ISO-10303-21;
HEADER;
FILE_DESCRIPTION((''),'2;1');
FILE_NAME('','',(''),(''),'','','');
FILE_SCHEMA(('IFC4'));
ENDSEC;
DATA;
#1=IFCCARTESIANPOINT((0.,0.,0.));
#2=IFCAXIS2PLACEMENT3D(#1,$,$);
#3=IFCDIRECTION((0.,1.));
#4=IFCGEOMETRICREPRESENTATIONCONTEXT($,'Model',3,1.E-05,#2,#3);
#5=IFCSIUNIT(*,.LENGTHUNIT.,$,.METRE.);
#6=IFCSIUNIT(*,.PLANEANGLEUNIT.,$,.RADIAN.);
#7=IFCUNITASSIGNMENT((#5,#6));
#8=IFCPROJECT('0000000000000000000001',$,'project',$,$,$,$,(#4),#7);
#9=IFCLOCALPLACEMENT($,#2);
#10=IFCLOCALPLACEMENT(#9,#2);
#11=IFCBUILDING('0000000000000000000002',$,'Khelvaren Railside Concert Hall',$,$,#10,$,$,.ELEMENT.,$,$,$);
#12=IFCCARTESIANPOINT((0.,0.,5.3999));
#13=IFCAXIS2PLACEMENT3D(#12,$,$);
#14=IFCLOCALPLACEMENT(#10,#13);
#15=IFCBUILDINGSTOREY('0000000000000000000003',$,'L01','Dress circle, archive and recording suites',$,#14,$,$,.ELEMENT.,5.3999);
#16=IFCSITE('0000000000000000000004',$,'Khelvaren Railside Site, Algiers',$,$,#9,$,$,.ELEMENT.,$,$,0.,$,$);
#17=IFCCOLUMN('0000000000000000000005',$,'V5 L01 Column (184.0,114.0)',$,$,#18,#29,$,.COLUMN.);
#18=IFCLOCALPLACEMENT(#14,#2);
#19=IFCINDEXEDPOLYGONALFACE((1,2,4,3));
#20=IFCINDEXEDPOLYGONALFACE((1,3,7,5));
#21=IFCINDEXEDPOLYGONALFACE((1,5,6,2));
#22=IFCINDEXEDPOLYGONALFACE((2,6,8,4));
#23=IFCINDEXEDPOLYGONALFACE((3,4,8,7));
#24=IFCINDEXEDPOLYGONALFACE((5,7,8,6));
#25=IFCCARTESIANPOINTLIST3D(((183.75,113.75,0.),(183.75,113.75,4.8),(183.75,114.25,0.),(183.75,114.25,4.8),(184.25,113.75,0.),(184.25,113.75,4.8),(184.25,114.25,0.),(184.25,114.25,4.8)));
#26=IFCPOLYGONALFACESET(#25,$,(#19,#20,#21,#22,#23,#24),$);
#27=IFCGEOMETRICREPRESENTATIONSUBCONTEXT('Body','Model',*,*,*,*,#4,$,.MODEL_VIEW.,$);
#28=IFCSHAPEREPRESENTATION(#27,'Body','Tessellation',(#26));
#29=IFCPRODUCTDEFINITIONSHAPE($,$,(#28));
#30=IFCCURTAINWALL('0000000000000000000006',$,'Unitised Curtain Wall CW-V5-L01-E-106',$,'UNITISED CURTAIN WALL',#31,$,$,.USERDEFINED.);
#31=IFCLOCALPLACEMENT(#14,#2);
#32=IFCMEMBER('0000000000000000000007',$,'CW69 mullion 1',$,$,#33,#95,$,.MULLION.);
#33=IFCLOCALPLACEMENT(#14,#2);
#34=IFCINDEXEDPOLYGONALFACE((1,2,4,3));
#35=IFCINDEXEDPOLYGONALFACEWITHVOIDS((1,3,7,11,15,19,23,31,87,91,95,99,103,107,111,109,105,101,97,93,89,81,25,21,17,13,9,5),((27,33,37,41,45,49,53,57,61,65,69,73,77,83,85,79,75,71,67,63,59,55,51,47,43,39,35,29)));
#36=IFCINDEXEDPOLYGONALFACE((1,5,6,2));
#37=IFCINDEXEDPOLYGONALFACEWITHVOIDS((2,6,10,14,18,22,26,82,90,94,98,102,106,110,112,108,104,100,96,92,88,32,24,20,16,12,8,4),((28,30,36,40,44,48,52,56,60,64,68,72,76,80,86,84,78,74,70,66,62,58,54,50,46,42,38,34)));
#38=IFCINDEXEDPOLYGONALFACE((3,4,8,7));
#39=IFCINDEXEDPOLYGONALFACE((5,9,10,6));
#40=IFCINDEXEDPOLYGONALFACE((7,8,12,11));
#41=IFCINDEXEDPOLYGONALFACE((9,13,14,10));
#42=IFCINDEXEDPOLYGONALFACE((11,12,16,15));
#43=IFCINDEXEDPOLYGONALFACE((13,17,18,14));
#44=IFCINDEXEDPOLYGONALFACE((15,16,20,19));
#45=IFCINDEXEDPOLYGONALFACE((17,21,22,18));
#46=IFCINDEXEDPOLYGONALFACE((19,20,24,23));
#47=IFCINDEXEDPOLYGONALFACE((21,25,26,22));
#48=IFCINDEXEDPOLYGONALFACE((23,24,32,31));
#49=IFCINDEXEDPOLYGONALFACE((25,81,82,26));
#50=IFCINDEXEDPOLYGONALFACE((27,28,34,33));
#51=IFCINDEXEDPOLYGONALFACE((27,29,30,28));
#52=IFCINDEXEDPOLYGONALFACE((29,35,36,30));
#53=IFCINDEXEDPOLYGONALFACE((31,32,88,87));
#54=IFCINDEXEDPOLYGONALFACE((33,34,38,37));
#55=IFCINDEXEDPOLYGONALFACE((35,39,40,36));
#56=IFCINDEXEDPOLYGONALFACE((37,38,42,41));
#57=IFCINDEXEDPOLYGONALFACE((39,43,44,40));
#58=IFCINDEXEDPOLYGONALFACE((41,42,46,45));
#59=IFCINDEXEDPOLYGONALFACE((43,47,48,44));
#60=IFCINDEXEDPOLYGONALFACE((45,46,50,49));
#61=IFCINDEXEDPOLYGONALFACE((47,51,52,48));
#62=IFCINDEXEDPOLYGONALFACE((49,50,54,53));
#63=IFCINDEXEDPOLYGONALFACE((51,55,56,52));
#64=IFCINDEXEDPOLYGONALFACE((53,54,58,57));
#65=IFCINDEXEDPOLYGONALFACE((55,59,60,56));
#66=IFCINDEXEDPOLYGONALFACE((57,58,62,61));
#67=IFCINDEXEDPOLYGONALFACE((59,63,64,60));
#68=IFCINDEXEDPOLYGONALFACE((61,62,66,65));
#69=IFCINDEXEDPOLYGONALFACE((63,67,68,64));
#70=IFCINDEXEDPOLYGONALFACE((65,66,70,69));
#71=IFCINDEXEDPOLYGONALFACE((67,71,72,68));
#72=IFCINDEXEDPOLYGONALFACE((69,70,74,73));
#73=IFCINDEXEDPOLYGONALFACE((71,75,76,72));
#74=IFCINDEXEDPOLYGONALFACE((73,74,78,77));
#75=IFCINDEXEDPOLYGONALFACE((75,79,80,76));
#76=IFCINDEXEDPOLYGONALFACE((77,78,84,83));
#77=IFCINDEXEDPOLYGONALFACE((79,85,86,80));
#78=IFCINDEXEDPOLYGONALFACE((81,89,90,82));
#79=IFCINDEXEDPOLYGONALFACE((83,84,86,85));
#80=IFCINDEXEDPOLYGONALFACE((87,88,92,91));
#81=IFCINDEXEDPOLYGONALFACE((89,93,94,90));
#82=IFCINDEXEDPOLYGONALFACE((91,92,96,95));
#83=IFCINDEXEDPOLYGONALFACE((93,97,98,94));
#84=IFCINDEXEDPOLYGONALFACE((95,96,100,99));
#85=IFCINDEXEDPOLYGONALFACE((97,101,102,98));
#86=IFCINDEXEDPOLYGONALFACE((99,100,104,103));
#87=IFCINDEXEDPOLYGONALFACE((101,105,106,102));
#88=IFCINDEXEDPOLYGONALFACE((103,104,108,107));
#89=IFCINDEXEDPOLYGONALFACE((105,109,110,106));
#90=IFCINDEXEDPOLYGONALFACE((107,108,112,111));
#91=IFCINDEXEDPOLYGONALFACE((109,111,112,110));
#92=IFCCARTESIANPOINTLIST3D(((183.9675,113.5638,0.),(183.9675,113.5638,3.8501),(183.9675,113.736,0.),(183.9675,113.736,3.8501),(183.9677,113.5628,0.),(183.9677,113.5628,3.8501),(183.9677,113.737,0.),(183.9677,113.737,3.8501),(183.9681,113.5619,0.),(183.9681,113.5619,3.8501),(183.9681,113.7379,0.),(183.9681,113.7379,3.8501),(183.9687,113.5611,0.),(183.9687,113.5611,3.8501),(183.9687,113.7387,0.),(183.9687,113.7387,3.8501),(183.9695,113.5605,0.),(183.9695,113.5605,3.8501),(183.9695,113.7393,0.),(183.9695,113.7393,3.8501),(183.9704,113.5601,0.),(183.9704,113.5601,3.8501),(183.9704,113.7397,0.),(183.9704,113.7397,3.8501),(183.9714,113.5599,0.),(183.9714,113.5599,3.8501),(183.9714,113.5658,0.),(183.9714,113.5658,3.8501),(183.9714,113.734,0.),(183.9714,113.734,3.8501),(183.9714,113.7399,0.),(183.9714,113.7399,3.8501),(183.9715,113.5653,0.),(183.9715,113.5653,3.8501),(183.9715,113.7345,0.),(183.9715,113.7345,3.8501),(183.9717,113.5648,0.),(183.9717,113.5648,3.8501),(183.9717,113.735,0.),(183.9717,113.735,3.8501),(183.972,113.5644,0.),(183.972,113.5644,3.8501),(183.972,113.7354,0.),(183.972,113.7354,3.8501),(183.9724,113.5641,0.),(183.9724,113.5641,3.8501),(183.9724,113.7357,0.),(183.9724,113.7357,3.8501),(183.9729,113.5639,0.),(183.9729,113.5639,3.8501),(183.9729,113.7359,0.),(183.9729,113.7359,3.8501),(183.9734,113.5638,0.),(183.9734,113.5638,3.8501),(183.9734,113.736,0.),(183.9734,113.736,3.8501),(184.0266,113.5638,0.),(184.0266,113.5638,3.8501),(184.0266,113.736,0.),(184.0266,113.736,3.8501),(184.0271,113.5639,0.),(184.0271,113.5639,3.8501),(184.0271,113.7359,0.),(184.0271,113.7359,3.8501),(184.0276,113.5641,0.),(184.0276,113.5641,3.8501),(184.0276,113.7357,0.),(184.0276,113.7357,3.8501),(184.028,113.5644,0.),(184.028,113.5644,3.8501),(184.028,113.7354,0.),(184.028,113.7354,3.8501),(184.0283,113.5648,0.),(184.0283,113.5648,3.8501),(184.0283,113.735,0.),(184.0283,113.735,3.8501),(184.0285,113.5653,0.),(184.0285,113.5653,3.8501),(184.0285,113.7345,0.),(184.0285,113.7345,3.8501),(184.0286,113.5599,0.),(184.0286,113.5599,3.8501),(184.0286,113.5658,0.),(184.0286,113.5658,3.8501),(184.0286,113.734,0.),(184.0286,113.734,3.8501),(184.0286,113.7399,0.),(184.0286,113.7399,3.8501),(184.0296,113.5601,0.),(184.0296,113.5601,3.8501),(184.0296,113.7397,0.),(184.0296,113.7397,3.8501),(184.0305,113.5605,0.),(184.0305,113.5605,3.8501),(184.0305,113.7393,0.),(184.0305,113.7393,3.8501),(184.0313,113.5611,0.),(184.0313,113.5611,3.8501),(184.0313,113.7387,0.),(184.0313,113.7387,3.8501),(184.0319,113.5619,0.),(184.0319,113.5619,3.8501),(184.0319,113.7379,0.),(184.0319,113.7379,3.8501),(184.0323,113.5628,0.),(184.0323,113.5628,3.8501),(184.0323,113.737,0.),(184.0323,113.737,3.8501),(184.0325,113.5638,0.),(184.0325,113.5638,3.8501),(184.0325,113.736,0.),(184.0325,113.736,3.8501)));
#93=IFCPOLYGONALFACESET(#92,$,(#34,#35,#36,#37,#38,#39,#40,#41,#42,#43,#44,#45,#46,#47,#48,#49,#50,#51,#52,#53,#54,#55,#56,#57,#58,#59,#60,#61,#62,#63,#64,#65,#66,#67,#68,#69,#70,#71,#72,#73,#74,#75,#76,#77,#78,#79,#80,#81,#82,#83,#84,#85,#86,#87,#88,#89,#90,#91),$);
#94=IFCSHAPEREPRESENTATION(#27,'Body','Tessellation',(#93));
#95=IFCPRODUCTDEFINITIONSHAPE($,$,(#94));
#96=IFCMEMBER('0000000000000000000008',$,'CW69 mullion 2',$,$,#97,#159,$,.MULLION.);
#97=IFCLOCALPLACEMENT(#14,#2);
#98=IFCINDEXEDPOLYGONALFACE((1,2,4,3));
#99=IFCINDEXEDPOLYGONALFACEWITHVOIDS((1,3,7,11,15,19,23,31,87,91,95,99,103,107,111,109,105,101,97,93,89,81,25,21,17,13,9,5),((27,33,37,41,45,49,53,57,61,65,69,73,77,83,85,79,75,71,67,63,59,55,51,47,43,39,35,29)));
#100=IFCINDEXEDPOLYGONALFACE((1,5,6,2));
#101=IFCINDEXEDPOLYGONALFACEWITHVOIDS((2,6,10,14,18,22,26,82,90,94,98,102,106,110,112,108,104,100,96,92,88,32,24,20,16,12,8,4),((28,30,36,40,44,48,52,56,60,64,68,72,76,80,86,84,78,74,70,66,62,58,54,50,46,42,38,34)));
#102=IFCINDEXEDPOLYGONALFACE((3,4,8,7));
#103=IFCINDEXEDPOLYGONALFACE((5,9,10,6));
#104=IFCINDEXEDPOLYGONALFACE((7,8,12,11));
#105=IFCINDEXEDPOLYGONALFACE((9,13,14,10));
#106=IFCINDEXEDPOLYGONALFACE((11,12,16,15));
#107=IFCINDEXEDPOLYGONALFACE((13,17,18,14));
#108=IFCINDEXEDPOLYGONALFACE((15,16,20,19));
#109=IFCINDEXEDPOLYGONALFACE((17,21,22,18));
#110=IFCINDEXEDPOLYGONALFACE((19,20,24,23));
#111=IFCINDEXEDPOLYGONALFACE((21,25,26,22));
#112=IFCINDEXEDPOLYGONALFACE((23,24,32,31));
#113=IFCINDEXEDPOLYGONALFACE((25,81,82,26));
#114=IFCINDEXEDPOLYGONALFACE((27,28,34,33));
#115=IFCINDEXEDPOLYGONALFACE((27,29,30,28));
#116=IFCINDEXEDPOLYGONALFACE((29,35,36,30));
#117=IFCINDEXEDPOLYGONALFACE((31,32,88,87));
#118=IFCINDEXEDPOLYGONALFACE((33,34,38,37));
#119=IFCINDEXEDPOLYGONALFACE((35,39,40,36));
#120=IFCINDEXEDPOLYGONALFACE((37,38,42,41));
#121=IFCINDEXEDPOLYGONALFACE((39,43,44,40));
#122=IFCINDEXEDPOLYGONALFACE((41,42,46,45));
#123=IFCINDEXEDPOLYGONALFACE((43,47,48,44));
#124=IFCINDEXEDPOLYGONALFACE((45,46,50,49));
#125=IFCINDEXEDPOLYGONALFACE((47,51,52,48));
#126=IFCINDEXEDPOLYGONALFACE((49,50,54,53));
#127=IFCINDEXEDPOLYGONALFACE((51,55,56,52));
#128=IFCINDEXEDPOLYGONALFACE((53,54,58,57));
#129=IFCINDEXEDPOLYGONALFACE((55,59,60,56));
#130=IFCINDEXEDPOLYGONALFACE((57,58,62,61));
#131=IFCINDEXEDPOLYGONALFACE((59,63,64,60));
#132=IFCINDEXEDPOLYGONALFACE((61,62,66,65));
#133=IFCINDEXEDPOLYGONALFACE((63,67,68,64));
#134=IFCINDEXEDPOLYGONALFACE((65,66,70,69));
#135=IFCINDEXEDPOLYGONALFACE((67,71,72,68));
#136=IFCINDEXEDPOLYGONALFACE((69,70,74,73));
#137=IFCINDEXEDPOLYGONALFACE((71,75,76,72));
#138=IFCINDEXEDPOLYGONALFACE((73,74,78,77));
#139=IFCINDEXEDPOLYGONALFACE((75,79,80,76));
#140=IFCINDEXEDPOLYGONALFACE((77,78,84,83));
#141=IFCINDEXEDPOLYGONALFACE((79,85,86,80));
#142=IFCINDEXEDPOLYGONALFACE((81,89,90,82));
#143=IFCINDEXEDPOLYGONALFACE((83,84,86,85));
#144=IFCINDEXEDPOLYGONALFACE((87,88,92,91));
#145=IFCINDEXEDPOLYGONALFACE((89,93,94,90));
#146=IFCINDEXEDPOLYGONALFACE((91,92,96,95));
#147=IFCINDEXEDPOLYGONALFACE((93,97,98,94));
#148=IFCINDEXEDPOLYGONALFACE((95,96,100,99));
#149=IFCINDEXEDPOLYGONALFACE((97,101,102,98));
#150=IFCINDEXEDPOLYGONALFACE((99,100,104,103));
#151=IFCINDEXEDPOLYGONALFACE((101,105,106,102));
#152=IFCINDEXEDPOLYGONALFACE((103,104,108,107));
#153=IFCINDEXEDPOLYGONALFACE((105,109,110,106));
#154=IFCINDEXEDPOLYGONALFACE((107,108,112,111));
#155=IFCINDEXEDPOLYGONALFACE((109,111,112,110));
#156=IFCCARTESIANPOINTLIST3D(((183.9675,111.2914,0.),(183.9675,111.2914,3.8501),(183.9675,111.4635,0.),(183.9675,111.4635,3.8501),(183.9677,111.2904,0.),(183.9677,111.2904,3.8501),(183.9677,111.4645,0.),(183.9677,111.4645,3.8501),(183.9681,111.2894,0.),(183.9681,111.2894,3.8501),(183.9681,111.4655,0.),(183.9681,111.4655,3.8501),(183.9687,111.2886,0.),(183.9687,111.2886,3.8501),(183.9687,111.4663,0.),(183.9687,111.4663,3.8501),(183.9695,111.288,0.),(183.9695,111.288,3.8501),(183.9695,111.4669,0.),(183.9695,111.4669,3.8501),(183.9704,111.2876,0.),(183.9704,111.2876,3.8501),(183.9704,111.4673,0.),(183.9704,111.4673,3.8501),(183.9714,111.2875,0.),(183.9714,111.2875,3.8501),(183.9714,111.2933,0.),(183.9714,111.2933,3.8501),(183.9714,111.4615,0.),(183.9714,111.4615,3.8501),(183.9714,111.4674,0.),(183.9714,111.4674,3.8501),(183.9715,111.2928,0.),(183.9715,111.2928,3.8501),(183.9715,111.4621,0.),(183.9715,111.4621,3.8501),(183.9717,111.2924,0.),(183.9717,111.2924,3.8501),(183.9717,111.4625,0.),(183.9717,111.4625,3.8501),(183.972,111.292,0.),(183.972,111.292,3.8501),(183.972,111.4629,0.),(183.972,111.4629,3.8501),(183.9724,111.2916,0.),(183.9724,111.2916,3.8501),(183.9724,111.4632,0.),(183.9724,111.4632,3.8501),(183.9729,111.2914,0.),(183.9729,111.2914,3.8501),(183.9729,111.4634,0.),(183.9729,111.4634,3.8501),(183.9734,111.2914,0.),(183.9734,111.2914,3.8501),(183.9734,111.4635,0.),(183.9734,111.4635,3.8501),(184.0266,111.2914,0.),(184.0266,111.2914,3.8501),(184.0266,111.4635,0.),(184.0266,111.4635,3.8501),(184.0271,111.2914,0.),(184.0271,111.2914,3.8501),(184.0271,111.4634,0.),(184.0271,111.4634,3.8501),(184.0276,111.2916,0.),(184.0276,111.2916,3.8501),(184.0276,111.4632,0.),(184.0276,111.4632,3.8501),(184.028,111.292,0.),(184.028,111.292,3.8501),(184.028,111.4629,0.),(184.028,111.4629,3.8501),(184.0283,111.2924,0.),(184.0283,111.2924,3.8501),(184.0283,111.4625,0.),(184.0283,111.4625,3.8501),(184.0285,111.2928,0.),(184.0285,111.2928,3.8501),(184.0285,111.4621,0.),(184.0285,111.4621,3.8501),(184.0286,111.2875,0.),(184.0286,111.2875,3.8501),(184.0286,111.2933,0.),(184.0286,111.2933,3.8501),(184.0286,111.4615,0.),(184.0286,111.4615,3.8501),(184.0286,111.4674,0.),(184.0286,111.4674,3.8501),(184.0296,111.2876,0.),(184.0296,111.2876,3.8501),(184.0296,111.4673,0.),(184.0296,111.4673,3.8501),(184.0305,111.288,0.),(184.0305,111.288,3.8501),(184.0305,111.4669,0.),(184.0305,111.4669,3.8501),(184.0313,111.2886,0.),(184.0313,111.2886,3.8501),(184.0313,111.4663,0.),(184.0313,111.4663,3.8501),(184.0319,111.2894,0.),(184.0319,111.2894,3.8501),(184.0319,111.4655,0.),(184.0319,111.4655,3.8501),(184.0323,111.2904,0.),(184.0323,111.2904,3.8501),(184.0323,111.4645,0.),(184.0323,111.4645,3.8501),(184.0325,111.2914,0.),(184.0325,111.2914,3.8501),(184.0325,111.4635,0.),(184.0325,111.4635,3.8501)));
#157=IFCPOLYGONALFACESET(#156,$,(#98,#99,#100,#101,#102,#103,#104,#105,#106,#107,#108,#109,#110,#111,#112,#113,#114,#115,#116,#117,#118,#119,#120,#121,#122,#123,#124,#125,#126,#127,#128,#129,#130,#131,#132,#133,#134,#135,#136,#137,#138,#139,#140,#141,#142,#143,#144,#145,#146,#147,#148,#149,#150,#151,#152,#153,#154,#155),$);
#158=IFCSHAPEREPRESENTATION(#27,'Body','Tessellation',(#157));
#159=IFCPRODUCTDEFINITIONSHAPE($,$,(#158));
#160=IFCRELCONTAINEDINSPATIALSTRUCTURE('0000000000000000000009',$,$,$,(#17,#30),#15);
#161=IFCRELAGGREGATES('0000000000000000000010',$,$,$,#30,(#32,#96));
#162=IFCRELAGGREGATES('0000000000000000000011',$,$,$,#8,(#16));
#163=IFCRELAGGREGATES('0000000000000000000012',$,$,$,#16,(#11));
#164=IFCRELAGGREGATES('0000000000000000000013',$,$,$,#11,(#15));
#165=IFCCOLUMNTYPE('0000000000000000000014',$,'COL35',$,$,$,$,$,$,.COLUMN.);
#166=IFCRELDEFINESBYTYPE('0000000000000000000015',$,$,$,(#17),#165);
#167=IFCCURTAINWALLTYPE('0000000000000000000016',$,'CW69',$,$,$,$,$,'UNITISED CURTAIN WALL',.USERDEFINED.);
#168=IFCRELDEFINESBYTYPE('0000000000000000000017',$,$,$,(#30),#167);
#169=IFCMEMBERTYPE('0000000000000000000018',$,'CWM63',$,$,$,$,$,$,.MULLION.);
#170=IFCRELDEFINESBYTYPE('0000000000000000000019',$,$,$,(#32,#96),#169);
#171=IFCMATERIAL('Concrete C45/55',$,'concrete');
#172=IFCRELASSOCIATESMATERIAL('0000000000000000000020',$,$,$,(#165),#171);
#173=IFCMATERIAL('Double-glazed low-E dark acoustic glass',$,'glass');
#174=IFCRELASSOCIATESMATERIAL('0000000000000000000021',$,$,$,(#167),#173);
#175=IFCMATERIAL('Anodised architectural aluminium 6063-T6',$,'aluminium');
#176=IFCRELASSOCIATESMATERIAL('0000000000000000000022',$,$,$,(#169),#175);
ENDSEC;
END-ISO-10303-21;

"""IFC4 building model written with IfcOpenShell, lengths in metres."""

from ifc_helpers import new_model, si_unit, direction, frame, origin, origin_2d, place, context, subcontext, project, spatial, rectangle, hollow_rectangle, extrude, material, material_profile, profile_set, type_object, element, aggregate, save


model = new_model("IFC4")

# Units and contexts
model_context = context("Model", 3, precision=1e-05, world=origin(), true_north=direction((0.0, 1.0)))
body_context = subcontext(model_context, "Body", "Model", "MODEL_VIEW")
ifc_project = project(units=[si_unit("LENGTHUNIT", "METRE"), si_unit("PLANEANGLEUNIT", "RADIAN")], contexts=[model_context])

# Site, building, storey
site_placement = place(None, origin())
site = spatial("IfcSite", under=ifc_project, at=site_placement, Name="Khelvaren Railside Site, Algiers", CompositionType="ELEMENT", RefElevation=0.0)
building_placement = place(site_placement, origin())
building = spatial("IfcBuilding", under=site, at=building_placement, Name="Khelvaren Railside Concert Hall", CompositionType="ELEMENT")
storey_placement = place(building_placement, frame((0.0, 0.0, 5.3999)))
storey = spatial("IfcBuildingStorey", under=building, at=storey_placement, Name="L01", Description="Dress circle, archive and recording suites", CompositionType="ELEMENT", Elevation=5.3999)

# Column
ifc_material_1 = material(Name="Concrete C45/55", Category="concrete")
ifc_material_profile_1 = material_profile(ifc_material_1, rectangle(XDim=0.5, YDim=0.5, at=origin_2d()), Name="RC 500x500")
ifc_profile_set_1 = profile_set([ifc_material_profile_1], Name="Concrete C45/55")
column_type = type_object("IfcColumnType", Name="COL35", PredefinedType="COLUMN", material=ifc_profile_set_1)
column_placement = place(storey_placement, frame((184.0, 114.0, 0.0), z_axis=(0.0, 0.0, 1.0), x_axis=(1.0, 0.0, 0.0)))
element("IfcColumn", 1, at=column_placement, inside=storey, type_object=column_type, Name="V5 L01 Column (184.0,114.0)", PredefinedType="COLUMN", context=body_context, shape_type="SweptSolid", body=[
    extrude(rectangle(XDim=0.5, YDim=0.5, at=origin_2d()), origin(), (0.0, 0.0, 1.0), 4.8),
])

# Curtain wall, members
ifc_material_2 = material(Name="Double-glazed low-E dark acoustic glass", Category="glass")
curtain_wall_type = type_object("IfcCurtainWallType", Name="CW69", ElementType="UNITISED CURTAIN WALL", PredefinedType="USERDEFINED", material=ifc_material_2)
curtain_wall_placement = place(storey_placement, origin())
curtain_wall = element("IfcCurtainWall", 2, at=curtain_wall_placement, inside=storey, type_object=curtain_wall_type, Name="Unitised Curtain Wall CW-V5-L01-E-106", ObjectType="UNITISED CURTAIN WALL", PredefinedType="USERDEFINED")
ifc_material_3 = material(Name="Anodised architectural aluminium 6063-T6", Category="aluminium")
ifc_material_profile_2 = material_profile(ifc_material_3, hollow_rectangle(XDim=0.0649, YDim=0.1799, WallThickness=0.0039, InnerFilletRadius=0.002, OuterFilletRadius=0.0039, at=origin_2d()), Name="CWM 65x180x4")
ifc_profile_set_2 = profile_set([ifc_material_profile_2], Name="Anodised architectural aluminium 6063-T6")
member_type_1 = type_object("IfcMemberType", Name="CWM63", PredefinedType="MULLION", material=ifc_profile_set_2)
member_1_placement = place(storey_placement, frame((184.0, 113.6499, 0.0), z_axis=(0.0, 0.0, 1.0), x_axis=(1.0, 0.0, 0.0)))
member_1 = element("IfcMember", 3, at=member_1_placement, type_object=member_type_1, Name="CW69 mullion 1", PredefinedType="MULLION", context=body_context, shape_type="SweptSolid", body=[
    extrude(hollow_rectangle(XDim=0.0649, YDim=0.1799, WallThickness=0.0039, InnerFilletRadius=0.002, OuterFilletRadius=0.0039, at=origin_2d()), origin(), (0.0, 0.0, 1.0), 3.8501),
])
member_2_placement = place(storey_placement, frame((184.0, 111.3774, 0.0), z_axis=(0.0, 0.0, 1.0), x_axis=(1.0, 0.0, 0.0)))
member_2 = element("IfcMember", 4, at=member_2_placement, type_object=member_type_1, Name="CW69 mullion 2", PredefinedType="MULLION", context=body_context, shape_type="SweptSolid", body=[
    extrude(hollow_rectangle(XDim=0.0649, YDim=0.1799, WallThickness=0.0039, InnerFilletRadius=0.002, OuterFilletRadius=0.0039, at=origin_2d()), origin(), (0.0, 0.0, 1.0), 3.8501),
])

aggregate(curtain_wall, [member_1, member_2])

save(model, "model.ifc")
